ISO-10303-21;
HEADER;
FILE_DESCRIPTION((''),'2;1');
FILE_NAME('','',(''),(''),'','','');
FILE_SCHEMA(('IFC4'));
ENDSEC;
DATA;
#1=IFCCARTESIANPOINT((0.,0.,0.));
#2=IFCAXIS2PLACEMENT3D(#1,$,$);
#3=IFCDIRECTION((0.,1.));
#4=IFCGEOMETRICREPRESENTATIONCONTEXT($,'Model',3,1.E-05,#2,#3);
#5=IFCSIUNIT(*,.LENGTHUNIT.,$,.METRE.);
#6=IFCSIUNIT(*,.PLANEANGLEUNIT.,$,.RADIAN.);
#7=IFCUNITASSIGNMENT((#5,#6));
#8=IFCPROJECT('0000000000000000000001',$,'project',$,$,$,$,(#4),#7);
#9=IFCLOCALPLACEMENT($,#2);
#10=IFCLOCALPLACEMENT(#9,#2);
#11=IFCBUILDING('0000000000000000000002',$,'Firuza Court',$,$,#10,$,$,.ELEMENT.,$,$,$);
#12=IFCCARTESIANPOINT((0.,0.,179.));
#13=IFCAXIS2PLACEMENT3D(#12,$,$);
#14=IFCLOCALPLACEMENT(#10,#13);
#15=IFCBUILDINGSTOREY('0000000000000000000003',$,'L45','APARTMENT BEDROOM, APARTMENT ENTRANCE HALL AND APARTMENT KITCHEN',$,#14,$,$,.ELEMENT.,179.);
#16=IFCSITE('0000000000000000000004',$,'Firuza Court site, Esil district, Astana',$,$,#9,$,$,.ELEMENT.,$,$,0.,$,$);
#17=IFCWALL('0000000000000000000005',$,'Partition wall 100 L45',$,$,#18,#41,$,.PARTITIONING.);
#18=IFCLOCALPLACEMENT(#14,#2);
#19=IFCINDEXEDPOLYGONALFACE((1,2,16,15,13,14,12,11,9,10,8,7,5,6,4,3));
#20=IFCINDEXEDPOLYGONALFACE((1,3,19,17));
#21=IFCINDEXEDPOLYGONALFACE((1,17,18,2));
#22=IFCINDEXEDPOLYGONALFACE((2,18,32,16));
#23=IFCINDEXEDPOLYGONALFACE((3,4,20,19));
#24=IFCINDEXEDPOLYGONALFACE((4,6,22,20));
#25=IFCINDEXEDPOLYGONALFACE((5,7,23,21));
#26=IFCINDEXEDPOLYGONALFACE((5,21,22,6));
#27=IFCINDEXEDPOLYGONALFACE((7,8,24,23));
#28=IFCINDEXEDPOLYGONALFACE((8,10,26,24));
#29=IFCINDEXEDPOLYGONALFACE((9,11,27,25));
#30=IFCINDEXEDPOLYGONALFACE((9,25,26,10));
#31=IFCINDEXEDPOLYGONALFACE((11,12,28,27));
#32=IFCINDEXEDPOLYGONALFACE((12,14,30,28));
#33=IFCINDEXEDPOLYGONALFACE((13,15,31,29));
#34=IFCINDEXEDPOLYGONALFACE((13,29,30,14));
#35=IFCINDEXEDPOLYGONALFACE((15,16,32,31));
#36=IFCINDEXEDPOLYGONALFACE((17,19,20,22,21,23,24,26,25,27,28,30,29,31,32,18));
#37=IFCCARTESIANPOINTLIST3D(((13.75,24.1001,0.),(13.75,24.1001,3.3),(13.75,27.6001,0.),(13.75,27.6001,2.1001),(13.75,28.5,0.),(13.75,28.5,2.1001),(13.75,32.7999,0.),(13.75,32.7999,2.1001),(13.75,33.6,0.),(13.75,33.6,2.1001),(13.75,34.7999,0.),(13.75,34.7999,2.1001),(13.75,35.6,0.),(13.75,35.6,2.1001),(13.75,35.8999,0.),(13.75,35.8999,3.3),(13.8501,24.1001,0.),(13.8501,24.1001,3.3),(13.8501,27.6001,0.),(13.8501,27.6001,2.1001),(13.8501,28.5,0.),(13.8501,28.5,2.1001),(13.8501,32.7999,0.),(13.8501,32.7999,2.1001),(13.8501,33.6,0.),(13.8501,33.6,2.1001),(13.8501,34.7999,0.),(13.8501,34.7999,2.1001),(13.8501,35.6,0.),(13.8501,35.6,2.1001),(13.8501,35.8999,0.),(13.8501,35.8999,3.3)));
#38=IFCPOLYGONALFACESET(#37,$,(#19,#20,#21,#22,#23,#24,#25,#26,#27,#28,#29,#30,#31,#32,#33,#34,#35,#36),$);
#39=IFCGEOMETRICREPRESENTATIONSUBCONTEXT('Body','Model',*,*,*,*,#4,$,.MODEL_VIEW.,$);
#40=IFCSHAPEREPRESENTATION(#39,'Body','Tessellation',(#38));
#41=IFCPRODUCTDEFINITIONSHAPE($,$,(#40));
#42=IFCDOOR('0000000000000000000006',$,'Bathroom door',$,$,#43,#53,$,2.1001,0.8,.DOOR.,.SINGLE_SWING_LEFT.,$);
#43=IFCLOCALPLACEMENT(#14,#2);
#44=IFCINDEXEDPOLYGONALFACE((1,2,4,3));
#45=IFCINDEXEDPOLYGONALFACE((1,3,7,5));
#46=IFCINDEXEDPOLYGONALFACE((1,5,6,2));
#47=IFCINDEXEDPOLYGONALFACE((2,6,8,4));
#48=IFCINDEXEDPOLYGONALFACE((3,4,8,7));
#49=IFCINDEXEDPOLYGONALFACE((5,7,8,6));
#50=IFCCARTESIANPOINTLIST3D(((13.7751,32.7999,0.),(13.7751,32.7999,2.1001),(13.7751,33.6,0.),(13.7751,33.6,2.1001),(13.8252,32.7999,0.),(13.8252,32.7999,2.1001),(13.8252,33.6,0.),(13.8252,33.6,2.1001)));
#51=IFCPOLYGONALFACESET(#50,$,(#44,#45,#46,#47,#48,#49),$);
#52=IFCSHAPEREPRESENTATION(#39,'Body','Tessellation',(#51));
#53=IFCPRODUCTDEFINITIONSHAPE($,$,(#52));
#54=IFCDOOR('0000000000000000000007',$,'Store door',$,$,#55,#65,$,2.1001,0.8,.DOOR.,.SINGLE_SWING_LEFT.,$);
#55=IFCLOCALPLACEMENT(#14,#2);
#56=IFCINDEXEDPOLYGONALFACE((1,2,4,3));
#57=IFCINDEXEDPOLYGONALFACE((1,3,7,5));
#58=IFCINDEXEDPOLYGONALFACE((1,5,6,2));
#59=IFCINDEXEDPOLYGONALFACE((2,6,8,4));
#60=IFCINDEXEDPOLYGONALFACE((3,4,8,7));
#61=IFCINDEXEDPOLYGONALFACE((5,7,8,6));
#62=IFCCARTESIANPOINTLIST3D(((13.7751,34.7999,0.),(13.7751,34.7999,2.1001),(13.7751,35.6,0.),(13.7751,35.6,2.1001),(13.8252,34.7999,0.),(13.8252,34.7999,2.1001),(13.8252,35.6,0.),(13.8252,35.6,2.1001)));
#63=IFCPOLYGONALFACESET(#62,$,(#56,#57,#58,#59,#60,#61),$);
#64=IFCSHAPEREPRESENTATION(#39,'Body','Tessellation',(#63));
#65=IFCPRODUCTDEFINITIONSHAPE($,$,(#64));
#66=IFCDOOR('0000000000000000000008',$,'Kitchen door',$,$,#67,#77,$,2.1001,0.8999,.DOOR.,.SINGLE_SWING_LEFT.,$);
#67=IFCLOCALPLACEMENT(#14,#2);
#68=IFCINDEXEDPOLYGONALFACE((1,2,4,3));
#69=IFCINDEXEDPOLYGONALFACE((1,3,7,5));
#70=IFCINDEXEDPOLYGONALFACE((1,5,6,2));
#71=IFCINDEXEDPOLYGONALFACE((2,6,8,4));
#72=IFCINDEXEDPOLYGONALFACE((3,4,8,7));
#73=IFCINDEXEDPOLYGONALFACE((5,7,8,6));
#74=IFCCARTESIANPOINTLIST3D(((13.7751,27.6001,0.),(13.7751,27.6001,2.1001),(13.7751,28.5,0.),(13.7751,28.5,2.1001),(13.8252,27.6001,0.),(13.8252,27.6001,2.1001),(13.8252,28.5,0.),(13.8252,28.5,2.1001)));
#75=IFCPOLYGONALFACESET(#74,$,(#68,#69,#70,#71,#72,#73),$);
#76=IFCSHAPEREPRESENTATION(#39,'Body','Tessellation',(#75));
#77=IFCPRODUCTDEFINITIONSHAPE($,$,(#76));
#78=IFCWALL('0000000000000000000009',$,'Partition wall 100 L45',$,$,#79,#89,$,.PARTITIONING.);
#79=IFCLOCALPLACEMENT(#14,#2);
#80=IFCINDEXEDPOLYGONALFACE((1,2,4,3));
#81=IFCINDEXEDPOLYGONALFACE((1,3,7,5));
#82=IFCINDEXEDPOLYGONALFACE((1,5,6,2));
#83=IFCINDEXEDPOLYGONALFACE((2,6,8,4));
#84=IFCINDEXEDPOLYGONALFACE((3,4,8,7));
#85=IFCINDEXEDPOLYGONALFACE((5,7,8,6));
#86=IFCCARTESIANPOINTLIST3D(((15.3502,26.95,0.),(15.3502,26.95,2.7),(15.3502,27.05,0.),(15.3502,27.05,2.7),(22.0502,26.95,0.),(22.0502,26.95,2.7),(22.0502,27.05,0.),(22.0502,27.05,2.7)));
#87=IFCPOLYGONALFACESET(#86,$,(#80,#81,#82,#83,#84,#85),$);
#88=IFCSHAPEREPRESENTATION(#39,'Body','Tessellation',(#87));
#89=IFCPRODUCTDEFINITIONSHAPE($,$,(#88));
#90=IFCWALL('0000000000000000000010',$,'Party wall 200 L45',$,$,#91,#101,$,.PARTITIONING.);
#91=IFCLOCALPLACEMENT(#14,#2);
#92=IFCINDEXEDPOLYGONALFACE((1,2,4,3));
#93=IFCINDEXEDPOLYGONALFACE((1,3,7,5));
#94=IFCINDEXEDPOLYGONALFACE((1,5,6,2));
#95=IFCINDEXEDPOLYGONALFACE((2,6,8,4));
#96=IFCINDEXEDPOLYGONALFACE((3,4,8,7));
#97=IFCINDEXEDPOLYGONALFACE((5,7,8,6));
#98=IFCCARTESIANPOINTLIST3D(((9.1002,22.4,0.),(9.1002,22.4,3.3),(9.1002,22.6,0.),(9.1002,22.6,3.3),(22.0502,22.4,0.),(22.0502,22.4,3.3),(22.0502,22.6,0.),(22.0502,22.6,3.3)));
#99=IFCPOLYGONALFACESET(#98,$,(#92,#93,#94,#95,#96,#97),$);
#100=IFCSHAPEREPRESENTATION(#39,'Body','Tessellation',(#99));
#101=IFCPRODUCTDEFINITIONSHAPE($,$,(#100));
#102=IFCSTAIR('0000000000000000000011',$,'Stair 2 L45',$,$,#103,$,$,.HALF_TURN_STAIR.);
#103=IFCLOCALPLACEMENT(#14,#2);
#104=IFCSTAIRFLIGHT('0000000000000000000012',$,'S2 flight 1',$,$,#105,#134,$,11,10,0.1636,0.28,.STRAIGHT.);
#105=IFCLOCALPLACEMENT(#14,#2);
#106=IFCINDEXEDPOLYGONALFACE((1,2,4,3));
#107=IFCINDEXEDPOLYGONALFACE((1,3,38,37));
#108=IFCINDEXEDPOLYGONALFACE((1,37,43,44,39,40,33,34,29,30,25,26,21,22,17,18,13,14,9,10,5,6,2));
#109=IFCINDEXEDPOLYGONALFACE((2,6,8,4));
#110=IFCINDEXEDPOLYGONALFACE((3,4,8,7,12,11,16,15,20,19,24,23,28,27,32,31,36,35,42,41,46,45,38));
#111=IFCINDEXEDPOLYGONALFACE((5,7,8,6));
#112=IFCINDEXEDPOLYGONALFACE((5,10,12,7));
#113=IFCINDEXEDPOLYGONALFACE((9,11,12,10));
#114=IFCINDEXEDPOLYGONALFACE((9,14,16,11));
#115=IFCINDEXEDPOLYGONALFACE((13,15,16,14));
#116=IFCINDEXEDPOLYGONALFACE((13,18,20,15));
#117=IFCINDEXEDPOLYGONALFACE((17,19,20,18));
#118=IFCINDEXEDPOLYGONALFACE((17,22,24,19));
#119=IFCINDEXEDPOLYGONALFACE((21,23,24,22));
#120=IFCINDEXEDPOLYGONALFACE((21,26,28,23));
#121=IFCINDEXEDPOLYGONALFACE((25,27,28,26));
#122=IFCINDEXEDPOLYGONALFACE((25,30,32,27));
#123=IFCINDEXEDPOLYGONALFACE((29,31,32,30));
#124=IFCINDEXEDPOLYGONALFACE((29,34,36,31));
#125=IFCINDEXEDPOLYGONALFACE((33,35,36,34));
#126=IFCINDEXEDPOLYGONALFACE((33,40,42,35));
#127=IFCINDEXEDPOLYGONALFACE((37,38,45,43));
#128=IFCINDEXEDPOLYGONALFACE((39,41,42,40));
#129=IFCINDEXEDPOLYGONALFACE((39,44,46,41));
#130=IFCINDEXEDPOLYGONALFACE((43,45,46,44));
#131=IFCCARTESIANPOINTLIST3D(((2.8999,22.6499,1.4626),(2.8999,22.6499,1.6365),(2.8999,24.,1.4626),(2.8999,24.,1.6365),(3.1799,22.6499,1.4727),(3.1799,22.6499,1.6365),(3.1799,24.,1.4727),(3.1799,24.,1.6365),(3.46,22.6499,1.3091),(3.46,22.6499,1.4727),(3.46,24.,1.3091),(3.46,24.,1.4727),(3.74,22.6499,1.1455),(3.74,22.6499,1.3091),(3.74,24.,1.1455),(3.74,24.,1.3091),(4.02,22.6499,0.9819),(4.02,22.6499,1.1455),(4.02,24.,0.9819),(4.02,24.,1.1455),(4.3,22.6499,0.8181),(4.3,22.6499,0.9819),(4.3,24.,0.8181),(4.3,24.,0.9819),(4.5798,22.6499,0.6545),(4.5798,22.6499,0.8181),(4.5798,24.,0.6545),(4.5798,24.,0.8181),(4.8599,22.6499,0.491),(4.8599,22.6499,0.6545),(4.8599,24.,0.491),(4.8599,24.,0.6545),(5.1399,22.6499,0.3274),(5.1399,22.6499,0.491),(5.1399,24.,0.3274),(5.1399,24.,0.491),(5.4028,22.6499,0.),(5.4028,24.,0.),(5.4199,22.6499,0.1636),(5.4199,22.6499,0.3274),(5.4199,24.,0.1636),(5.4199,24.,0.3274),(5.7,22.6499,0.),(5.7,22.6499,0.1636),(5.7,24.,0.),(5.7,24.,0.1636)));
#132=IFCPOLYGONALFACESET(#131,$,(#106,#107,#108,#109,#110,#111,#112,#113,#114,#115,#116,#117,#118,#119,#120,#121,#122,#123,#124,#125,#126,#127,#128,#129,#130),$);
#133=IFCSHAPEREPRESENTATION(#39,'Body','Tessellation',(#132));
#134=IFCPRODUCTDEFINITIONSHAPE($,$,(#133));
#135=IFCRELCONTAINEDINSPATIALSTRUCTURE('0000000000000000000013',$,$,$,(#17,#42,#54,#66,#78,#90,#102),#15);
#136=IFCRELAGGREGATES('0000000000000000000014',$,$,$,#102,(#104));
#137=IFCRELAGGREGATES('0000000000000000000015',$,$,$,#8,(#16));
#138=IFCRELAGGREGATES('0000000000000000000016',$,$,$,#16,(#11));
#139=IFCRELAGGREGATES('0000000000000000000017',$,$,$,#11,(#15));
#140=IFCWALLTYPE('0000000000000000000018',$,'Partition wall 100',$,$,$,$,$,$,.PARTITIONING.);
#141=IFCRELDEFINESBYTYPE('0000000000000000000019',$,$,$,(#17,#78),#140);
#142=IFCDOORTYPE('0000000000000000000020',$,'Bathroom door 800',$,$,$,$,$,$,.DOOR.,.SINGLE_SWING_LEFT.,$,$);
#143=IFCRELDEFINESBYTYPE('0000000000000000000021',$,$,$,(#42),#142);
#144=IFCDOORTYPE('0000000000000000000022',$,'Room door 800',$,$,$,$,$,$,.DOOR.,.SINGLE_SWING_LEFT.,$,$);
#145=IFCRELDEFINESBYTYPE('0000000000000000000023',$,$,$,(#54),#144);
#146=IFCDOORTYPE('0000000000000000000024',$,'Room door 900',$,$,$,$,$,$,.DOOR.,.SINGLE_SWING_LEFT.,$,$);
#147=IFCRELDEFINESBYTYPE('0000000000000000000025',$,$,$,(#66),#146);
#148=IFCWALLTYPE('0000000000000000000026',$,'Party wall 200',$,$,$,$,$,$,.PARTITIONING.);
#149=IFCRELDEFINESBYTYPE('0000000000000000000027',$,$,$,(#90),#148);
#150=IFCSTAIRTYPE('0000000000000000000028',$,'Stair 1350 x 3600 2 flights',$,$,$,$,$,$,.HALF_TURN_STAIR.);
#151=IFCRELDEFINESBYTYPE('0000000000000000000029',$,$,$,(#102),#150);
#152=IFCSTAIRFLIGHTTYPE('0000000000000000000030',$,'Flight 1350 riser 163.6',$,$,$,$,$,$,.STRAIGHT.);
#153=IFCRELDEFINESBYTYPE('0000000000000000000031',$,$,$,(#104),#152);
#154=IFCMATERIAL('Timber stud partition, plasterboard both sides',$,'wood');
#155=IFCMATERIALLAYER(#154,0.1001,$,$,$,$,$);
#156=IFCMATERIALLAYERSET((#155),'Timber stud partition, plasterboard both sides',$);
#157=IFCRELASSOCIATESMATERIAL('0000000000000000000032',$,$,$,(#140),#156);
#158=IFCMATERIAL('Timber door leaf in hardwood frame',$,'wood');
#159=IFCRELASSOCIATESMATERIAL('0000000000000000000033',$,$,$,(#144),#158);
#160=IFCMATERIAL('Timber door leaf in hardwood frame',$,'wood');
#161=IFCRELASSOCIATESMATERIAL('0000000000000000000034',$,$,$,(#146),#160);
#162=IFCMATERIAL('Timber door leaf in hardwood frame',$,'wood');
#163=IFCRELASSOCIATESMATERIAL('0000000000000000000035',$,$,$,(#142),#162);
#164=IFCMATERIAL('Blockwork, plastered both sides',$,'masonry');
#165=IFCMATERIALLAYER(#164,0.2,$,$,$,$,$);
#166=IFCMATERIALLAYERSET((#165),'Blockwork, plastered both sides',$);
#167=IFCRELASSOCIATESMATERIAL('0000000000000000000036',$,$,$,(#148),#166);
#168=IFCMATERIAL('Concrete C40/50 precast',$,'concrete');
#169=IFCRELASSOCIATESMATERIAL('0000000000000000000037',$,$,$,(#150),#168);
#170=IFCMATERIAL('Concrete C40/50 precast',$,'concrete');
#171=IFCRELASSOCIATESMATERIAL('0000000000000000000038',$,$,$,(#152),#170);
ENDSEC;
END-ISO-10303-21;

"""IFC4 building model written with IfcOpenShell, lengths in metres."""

from ifc_helpers import new_model, si_unit, direction, frame, frame_2d, origin, place, context, subcontext, project, spatial, polyline, rectangle, outline, extrude, material, layer, layer_set, type_object, element, fill, aggregate, save


model = new_model("IFC4")

# Units and contexts
model_context = context("Model", 3, precision=1e-05, world=origin(), true_north=direction((0.0, 1.0)))
body_context = subcontext(model_context, "Body", "Model", "MODEL_VIEW")
ifc_project = project(units=[si_unit("LENGTHUNIT", "METRE"), si_unit("PLANEANGLEUNIT", "RADIAN")], contexts=[model_context])

# Site, building, storey
site_placement = place(None, origin())
site = spatial("IfcSite", under=ifc_project, at=site_placement, Name="Firuza Court site, Esil district, Astana", CompositionType="ELEMENT", RefElevation=0.0)
building_placement = place(site_placement, origin())
building = spatial("IfcBuilding", under=site, at=building_placement, Name="Firuza Court", CompositionType="ELEMENT")
storey_placement = place(building_placement, frame((0.0, 0.0, 179.0)))
storey = spatial("IfcBuildingStorey", under=building, at=storey_placement, Name="L45", Description="APARTMENT BEDROOM, APARTMENT ENTRANCE HALL AND APARTMENT KITCHEN", CompositionType="ELEMENT", Elevation=179.0)

# Shared definitions
ifc_material_1 = material(Name="Timber stud partition, plasterboard both sides", Category="wood")
ifc_layer_1 = layer(ifc_material_1, 0.1001)
ifc_layer_set_1 = layer_set([ifc_layer_1], Name="Timber stud partition, plasterboard both sides")
wall_type_1 = type_object("IfcWallType", Name="Partition wall 100", PredefinedType="PARTITIONING", material=ifc_layer_set_1)

# Shared definitions
ifc_material_2 = material(Name="Timber door leaf in hardwood frame", Category="wood")
door_type_1 = type_object("IfcDoorType", Name="Room door 800", OperationType="SINGLE_SWING_LEFT", PredefinedType="DOOR", material=ifc_material_2)

# Shared definitions
ifc_material_3 = material(Name="Timber door leaf in hardwood frame", Category="wood")
door_type_2 = type_object("IfcDoorType", Name="Room door 900", OperationType="SINGLE_SWING_LEFT", PredefinedType="DOOR", material=ifc_material_3)

# Wall, openings, doors
wall_1_placement = place(storey_placement, frame((13.8, 24.1001, 0.0), z_axis=(0.0, 0.0, 1.0), x_axis=(0.0, 1.0, 0.0)))
wall_1 = element("IfcWall", 1, at=wall_1_placement, inside=storey, type_object=wall_type_1, Name="Partition wall 100 L45", PredefinedType="PARTITIONING", context=body_context, shape_type="SweptSolid", body=[
    extrude(rectangle(XDim=11.7998, YDim=0.1001, at=frame_2d((5.8999, 0.0))), origin(), (0.0, 0.0, 1.0), 3.3),
])
opening_1_placement = place(wall_1_placement, frame((8.7, 0.0, 0.0)))
opening_1 = element("IfcOpeningElement", 2, at=opening_1_placement, cuts=wall_1, PredefinedType="OPENING", context=body_context, shape_type="SweptSolid", body=[
    extrude(rectangle(XDim=0.8, YDim=2.1001, at=frame_2d((0.3999, 1.05))), frame((0.0, 0.062, 0.0), z_axis=(0.0, -1.0, 0.0), x_axis=(1.0, 0.0, 0.0)), (0.0, 0.0, 1.0), 0.124),
])
opening_2_placement = place(wall_1_placement, frame((3.5, 0.0, 0.0)))
opening_2 = element("IfcOpeningElement", 3, at=opening_2_placement, cuts=wall_1, PredefinedType="OPENING", context=body_context, shape_type="SweptSolid", body=[
    extrude(rectangle(XDim=0.8999, YDim=2.1001, at=frame_2d((0.45, 1.05))), frame((0.0, 0.062, 0.0), z_axis=(0.0, -1.0, 0.0), x_axis=(1.0, 0.0, 0.0)), (0.0, 0.0, 1.0), 0.124),
])
opening_3_placement = place(wall_1_placement, frame((10.7, 0.0, 0.0)))
opening_3 = element("IfcOpeningElement", 4, at=opening_3_placement, cuts=wall_1, PredefinedType="OPENING", context=body_context, shape_type="SweptSolid", body=[
    extrude(rectangle(XDim=0.8, YDim=2.1001, at=frame_2d((0.3999, 1.05))), frame((0.0, 0.062, 0.0), z_axis=(0.0, -1.0, 0.0), x_axis=(1.0, 0.0, 0.0)), (0.0, 0.0, 1.0), 0.124),
])
ifc_material_4 = material(Name="Timber door leaf in hardwood frame", Category="wood")
door_type_3 = type_object("IfcDoorType", Name="Bathroom door 800", OperationType="SINGLE_SWING_LEFT", PredefinedType="DOOR", material=ifc_material_4)
door_1_placement = place(opening_1_placement, origin())
door_1 = element("IfcDoor", 5, at=door_1_placement, inside=storey, type_object=door_type_3, Name="Bathroom door", OperationType="SINGLE_SWING_LEFT", OverallHeight=2.1001, OverallWidth=0.8, PredefinedType="DOOR", context=body_context, shape_type="SweptSolid", body=[
    extrude(rectangle(XDim=0.8, YDim=2.1001, at=frame_2d((0.3999, 1.05))), frame((0.0, 0.0249, 0.0), z_axis=(0.0, -1.0, 0.0), x_axis=(1.0, 0.0, 0.0)), (0.0, 0.0, 1.0), 0.05),
])
fill(opening_1, door_1)
door_2_placement = place(opening_3_placement, origin())
door_2 = element("IfcDoor", 6, at=door_2_placement, inside=storey, type_object=door_type_1, Name="Store door", OperationType="SINGLE_SWING_LEFT", OverallHeight=2.1001, OverallWidth=0.8, PredefinedType="DOOR", context=body_context, shape_type="SweptSolid", body=[
    extrude(rectangle(XDim=0.8, YDim=2.1001, at=frame_2d((0.3999, 1.05))), frame((0.0, 0.0249, 0.0), z_axis=(0.0, -1.0, 0.0), x_axis=(1.0, 0.0, 0.0)), (0.0, 0.0, 1.0), 0.05),
])
fill(opening_3, door_2)
door_3_placement = place(opening_2_placement, origin())
door_3 = element("IfcDoor", 7, at=door_3_placement, inside=storey, type_object=door_type_2, Name="Kitchen door", OperationType="SINGLE_SWING_LEFT", OverallHeight=2.1001, OverallWidth=0.8999, PredefinedType="DOOR", context=body_context, shape_type="SweptSolid", body=[
    extrude(rectangle(XDim=0.8999, YDim=2.1001, at=frame_2d((0.45, 1.05))), frame((0.0, 0.0249, 0.0), z_axis=(0.0, -1.0, 0.0), x_axis=(1.0, 0.0, 0.0)), (0.0, 0.0, 1.0), 0.05),
])
fill(opening_2, door_3)

# Walls
wall_2_placement = place(storey_placement, frame((15.3501, 27.0, 0.0), z_axis=(0.0, 0.0, 1.0), x_axis=(1.0, 0.0, 0.0)))
element("IfcWall", 8, at=wall_2_placement, inside=storey, type_object=wall_type_1, Name="Partition wall 100 L45", PredefinedType="PARTITIONING", context=body_context, shape_type="SweptSolid", body=[
    extrude(rectangle(XDim=6.7, YDim=0.1001, at=frame_2d((3.3501, 0.0))), origin(), (0.0, 0.0, 1.0), 2.7),
])
ifc_material_5 = material(Name="Blockwork, plastered both sides", Category="masonry")
ifc_layer_2 = layer(ifc_material_5, 0.2)
ifc_layer_set_2 = layer_set([ifc_layer_2], Name="Blockwork, plastered both sides")
wall_type_2 = type_object("IfcWallType", Name="Party wall 200", PredefinedType="PARTITIONING", material=ifc_layer_set_2)
wall_3_placement = place(storey_placement, frame((9.1001, 22.5, 0.0), z_axis=(0.0, 0.0, 1.0), x_axis=(1.0, 0.0, 0.0)))
element("IfcWall", 9, at=wall_3_placement, inside=storey, type_object=wall_type_2, Name="Party wall 200 L45", PredefinedType="PARTITIONING", context=body_context, shape_type="SweptSolid", body=[
    extrude(rectangle(XDim=12.95, YDim=0.2, at=frame_2d((6.4751, 0.0))), origin(), (0.0, 0.0, 1.0), 3.3),
])

# Stair, stair flight
ifc_material_6 = material(Name="Concrete C40/50 precast", Category="concrete")
stair_type = type_object("IfcStairType", Name="Stair 1350 x 3600 2 flights", PredefinedType="HALF_TURN_STAIR", material=ifc_material_6)
stair_placement = place(storey_placement, origin())
stair = element("IfcStair", 10, at=stair_placement, inside=storey, type_object=stair_type, Name="Stair 2 L45", PredefinedType="HALF_TURN_STAIR")
ifc_material_7 = material(Name="Concrete C40/50 precast", Category="concrete")
stair_flight_type = type_object("IfcStairFlightType", Name="Flight 1350 riser 163.6", PredefinedType="STRAIGHT", material=ifc_material_7)
stair_flight_placement = place(storey_placement, frame((5.7, 23.325, 0.0), z_axis=(0.0, 0.0, 1.0), x_axis=(-1.0, 0.0, 0.0)))
stair_flight = element("IfcStairFlight", 11, at=stair_flight_placement, type_object=stair_flight_type, Name="S2 flight 1", NumberOfRisers=11, NumberOfTreads=10, PredefinedType="STRAIGHT", RiserHeight=0.1636, TreadLength=0.28, context=body_context, shape_type="SweptSolid", body=[
    extrude(outline(polyline([(0.0, 0.0), (0.0, 0.1636), (0.28, 0.1636), (0.28, 0.3274), (0.5601, 0.3274), (0.5601, 0.491), (0.8401, 0.491), (0.8401, 0.6545), (1.1201, 0.6545), (1.1201, 0.8181), (1.3999, 0.8181), (1.3999, 0.9819), (1.6799, 0.9819), (1.6799, 1.1455), (1.96, 1.1455), (1.96, 1.3091), (2.24, 1.3091), (2.24, 1.4727), (2.52, 1.4727), (2.52, 1.6365), (2.8, 1.6365), (2.8, 1.8), (2.8, 1.4626), (0.2971, 0.0), (0.0, 0.0)])), frame((0.0, 0.675, 0.0), z_axis=(0.0, -1.0, 0.0), x_axis=(1.0, 0.0, 0.0)), (0.0, 0.0, 1.0), 1.3501),
])
aggregate(stair, [stair_flight])

save(model, "model.ifc")
